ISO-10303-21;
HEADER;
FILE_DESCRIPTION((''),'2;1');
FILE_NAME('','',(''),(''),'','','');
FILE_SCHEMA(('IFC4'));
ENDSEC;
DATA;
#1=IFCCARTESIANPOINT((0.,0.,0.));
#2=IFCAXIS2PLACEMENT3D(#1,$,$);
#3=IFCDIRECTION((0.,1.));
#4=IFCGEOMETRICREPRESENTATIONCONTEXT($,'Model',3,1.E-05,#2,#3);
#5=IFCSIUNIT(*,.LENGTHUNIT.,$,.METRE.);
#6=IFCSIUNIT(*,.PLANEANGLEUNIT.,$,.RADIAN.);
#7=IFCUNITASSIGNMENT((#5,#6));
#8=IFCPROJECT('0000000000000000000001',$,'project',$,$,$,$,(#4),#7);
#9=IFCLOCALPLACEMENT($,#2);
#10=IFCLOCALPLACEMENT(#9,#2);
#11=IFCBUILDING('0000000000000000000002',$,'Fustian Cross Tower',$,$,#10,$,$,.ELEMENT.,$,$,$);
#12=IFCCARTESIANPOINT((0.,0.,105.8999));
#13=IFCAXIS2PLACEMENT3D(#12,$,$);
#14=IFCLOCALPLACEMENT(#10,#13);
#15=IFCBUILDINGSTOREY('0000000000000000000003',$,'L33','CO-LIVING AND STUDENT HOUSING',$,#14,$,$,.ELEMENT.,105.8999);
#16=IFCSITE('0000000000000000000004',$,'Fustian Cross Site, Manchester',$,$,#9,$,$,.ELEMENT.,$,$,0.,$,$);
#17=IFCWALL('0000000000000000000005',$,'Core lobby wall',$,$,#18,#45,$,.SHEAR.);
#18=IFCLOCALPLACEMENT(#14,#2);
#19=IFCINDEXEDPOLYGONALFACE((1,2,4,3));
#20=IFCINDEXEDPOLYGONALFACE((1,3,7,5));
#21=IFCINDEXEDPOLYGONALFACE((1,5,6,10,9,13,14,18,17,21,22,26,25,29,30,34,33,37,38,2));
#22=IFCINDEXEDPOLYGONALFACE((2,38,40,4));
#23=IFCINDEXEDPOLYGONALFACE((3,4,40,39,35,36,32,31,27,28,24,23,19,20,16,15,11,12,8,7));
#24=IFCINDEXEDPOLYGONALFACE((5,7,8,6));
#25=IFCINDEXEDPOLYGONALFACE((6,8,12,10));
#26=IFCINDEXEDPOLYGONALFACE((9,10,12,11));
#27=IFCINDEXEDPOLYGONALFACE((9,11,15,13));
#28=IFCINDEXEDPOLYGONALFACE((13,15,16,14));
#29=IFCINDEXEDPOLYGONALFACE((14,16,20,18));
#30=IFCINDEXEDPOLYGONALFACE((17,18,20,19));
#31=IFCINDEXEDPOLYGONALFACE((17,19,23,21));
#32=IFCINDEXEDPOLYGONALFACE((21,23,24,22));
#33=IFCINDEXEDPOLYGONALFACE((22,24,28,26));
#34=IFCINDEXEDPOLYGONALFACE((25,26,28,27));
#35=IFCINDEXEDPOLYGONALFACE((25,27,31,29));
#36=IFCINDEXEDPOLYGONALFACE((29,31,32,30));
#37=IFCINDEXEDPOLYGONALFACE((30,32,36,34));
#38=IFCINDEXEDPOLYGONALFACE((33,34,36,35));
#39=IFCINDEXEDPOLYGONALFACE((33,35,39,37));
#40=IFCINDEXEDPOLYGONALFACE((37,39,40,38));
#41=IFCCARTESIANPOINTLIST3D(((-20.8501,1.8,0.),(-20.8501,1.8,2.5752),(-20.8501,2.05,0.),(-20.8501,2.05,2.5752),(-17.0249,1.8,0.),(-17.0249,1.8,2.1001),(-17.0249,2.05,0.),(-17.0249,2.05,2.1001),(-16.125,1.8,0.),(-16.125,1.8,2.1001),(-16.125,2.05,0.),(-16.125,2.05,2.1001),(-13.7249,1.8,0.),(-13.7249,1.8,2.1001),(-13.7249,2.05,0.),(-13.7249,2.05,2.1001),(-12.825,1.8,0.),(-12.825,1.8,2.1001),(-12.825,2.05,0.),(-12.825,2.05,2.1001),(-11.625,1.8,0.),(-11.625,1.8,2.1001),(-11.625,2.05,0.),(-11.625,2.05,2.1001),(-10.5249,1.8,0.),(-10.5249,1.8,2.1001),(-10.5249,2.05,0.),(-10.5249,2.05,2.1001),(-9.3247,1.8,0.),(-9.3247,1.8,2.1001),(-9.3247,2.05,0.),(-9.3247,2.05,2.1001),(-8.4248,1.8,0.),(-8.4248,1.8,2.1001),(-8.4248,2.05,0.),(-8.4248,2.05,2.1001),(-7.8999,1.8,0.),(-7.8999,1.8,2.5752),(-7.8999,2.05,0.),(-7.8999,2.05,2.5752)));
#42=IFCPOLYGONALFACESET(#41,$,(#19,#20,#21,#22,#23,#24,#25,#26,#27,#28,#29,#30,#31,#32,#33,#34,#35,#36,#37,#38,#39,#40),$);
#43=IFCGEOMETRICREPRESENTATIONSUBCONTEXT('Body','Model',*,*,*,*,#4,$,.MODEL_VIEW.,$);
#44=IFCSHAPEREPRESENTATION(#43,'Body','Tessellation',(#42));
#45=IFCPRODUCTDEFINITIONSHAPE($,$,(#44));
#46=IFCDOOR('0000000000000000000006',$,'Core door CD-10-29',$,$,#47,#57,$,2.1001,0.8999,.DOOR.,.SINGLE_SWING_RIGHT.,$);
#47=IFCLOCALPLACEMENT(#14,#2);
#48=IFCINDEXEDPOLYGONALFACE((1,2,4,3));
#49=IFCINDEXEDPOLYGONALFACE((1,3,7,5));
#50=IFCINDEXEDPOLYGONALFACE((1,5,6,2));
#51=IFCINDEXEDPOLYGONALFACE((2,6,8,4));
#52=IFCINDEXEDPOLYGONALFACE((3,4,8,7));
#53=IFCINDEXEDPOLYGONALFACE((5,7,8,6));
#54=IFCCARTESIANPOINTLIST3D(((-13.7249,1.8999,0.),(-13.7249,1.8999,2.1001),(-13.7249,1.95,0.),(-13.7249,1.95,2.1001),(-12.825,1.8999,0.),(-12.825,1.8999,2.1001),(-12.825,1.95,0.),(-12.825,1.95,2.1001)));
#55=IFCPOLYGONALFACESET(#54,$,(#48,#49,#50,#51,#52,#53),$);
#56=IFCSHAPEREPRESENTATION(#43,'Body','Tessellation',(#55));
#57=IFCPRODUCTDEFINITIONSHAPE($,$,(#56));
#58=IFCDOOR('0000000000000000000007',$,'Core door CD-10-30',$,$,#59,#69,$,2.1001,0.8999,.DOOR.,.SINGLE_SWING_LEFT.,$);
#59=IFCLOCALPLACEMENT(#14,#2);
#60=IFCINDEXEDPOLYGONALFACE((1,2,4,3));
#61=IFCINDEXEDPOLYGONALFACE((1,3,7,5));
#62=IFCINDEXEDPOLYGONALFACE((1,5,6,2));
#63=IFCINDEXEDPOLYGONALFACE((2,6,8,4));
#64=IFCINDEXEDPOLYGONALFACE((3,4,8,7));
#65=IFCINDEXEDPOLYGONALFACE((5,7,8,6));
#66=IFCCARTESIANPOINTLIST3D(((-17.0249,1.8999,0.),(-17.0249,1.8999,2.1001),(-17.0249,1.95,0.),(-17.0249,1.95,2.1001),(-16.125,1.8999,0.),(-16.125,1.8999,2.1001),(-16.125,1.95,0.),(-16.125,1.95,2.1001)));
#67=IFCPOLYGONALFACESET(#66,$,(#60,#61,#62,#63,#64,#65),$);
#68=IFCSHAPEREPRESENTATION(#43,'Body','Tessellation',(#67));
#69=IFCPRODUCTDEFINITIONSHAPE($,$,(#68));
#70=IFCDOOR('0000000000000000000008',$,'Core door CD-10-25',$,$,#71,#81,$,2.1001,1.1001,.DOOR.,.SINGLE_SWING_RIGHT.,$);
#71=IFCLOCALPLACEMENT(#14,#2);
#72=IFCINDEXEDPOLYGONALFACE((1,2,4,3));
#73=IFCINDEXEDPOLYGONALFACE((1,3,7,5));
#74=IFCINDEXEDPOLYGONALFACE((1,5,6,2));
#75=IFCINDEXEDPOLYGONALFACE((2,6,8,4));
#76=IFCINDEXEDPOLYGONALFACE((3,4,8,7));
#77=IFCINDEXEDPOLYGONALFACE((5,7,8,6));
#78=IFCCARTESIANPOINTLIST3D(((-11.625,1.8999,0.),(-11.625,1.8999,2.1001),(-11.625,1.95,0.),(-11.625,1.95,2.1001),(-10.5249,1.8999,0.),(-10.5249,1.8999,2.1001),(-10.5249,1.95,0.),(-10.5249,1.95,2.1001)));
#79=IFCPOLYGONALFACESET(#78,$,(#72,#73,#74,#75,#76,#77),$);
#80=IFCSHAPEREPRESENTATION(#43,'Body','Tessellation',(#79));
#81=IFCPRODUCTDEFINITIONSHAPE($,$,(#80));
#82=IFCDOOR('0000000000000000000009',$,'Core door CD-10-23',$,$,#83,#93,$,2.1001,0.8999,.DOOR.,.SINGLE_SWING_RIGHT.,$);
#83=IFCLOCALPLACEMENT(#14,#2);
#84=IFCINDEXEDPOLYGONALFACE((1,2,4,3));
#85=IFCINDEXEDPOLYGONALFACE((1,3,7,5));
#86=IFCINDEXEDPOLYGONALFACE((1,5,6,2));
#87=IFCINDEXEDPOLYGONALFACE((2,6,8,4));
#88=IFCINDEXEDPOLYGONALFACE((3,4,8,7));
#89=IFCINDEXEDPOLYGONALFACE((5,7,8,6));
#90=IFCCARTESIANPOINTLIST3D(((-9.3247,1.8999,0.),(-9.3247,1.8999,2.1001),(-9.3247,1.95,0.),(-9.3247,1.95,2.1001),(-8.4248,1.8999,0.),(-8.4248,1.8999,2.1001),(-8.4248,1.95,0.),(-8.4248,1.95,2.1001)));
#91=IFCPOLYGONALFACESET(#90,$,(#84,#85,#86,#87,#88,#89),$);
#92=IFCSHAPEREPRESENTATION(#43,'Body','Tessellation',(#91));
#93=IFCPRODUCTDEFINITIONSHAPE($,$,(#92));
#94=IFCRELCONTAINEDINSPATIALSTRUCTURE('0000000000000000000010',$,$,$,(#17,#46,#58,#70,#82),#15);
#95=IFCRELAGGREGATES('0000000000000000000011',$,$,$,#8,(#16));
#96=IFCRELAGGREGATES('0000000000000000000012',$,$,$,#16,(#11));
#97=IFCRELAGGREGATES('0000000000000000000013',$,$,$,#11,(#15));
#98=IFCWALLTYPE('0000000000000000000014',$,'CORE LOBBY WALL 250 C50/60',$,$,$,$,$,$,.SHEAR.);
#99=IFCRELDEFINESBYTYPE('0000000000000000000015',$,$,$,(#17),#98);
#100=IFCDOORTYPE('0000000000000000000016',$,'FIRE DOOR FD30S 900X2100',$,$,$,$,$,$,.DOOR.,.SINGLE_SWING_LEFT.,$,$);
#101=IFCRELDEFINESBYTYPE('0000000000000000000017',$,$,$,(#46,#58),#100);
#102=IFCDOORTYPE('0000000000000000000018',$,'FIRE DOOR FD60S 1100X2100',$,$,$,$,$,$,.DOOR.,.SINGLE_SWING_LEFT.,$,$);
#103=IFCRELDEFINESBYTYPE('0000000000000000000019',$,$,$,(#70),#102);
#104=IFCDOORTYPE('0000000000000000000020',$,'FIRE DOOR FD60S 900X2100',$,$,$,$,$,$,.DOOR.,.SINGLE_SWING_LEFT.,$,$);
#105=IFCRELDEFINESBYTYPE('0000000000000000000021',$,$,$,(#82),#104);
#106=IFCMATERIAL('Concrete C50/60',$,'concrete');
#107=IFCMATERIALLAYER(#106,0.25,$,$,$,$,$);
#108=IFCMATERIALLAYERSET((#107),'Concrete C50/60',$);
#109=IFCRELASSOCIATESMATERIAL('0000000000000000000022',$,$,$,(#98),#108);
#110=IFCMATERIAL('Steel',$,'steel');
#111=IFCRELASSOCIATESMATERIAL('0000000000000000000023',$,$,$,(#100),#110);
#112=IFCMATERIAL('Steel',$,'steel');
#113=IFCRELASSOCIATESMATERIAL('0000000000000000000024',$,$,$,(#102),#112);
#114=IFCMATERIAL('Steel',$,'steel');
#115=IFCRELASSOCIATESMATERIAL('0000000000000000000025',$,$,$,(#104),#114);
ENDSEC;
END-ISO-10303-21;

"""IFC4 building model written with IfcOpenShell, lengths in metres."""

from ifc_helpers import new_model, si_unit, direction, frame, frame_2d, origin, place, context, subcontext, project, spatial, rectangle, extrude, material, layer, layer_set, type_object, element, fill, save


model = new_model("IFC4")

# Units and contexts
model_context = context("Model", 3, precision=1e-05, world=origin(), true_north=direction((0.0, 1.0)))
body_context = subcontext(model_context, "Body", "Model", "MODEL_VIEW")
ifc_project = project(units=[si_unit("LENGTHUNIT", "METRE"), si_unit("PLANEANGLEUNIT", "RADIAN")], contexts=[model_context])

# Site, building, storey
site_placement = place(None, origin())
site = spatial("IfcSite", under=ifc_project, at=site_placement, Name="Fustian Cross Site, Manchester", CompositionType="ELEMENT", RefElevation=0.0)
building_placement = place(site_placement, origin())
building = spatial("IfcBuilding", under=site, at=building_placement, Name="Fustian Cross Tower", CompositionType="ELEMENT")
storey_placement = place(building_placement, frame((0.0, 0.0, 105.8999)))
storey = spatial("IfcBuildingStorey", under=building, at=storey_placement, Name="L33", Description="CO-LIVING AND STUDENT HOUSING", CompositionType="ELEMENT", Elevation=105.8999)

# Wall, openings, doors
ifc_material_1 = material(Name="Concrete C50/60", Category="concrete")
ifc_layer_1 = layer(ifc_material_1, 0.25)
ifc_layer_set_1 = layer_set([ifc_layer_1], Name="Concrete C50/60")
wall_type_1 = type_object("IfcWallType", Name="CORE LOBBY WALL 250 C50/60", PredefinedType="SHEAR", material=ifc_layer_set_1)
wall_1_placement = place(storey_placement, frame((-7.8999, 1.925, 0.0), z_axis=(0.0, 0.0, 1.0), x_axis=(-1.0, 0.0, 0.0)))
wall_1 = element("IfcWall", 1, at=wall_1_placement, inside=storey, type_object=wall_type_1, Name="Core lobby wall", PredefinedType="SHEAR", context=body_context, shape_type="SweptSolid", body=[
    extrude(rectangle(XDim=12.9502, YDim=0.25, at=frame_2d((6.4751, 0.0))), origin(), (0.0, 0.0, 1.0), 2.5752),
])
opening_1_placement = place(wall_1_placement, frame((0.5249, 0.0, 0.0)))
opening_1 = element("IfcOpeningElement", 2, at=opening_1_placement, cuts=wall_1, PredefinedType="OPENING", context=body_context, shape_type="SweptSolid", body=[
    extrude(rectangle(XDim=0.8999, YDim=2.1001, at=frame_2d((0.45, 1.05))), frame((0.0, 0.135, 0.0), z_axis=(0.0, -1.0, 0.0), x_axis=(1.0, 0.0, 0.0)), (0.0, 0.0, 1.0), 0.27),
])
opening_2_placement = place(wall_1_placement, frame((2.625, 0.0, 0.0)))
opening_2 = element("IfcOpeningElement", 3, at=opening_2_placement, cuts=wall_1, PredefinedType="OPENING", context=body_context, shape_type="SweptSolid", body=[
    extrude(rectangle(XDim=1.1001, YDim=2.1001, at=frame_2d((0.55, 1.05))), frame((0.0, 0.135, 0.0), z_axis=(0.0, -1.0, 0.0), x_axis=(1.0, 0.0, 0.0)), (0.0, 0.0, 1.0), 0.27),
])
opening_3_placement = place(wall_1_placement, frame((4.925, 0.0, 0.0)))
opening_3 = element("IfcOpeningElement", 4, at=opening_3_placement, cuts=wall_1, PredefinedType="OPENING", context=body_context, shape_type="SweptSolid", body=[
    extrude(rectangle(XDim=0.8999, YDim=2.1001, at=frame_2d((0.45, 1.05))), frame((0.0, 0.135, 0.0), z_axis=(0.0, -1.0, 0.0), x_axis=(1.0, 0.0, 0.0)), (0.0, 0.0, 1.0), 0.27),
])
opening_4_placement = place(wall_1_placement, frame((8.2251, 0.0, 0.0)))
opening_4 = element("IfcOpeningElement", 5, at=opening_4_placement, cuts=wall_1, PredefinedType="OPENING", context=body_context, shape_type="SweptSolid", body=[
    extrude(rectangle(XDim=0.8999, YDim=2.1001, at=frame_2d((0.45, 1.05))), frame((0.0, 0.135, 0.0), z_axis=(0.0, -1.0, 0.0), x_axis=(1.0, 0.0, 0.0)), (0.0, 0.0, 1.0), 0.27),
])
ifc_material_2 = material(Name="Steel", Category="steel")
door_type_1 = type_object("IfcDoorType", Name="FIRE DOOR FD30S 900X2100", OperationType="SINGLE_SWING_LEFT", PredefinedType="DOOR", material=ifc_material_2)
door_1_placement = place(opening_3_placement, frame((0.8999, 0.0, 0.0), z_axis=(0.0, 0.0, 1.0), x_axis=(-1.0, 0.0, 0.0)))
door_1 = element("IfcDoor", 6, at=door_1_placement, inside=storey, type_object=door_type_1, Name="Core door CD-10-29", OperationType="SINGLE_SWING_RIGHT", OverallHeight=2.1001, OverallWidth=0.8999, PredefinedType="DOOR", context=body_context, shape_type="SweptSolid", body=[
    extrude(rectangle(XDim=0.8999, YDim=2.1001, at=frame_2d((0.45, 1.05))), frame((0.0, 0.0249, 0.0), z_axis=(0.0, -1.0, 0.0), x_axis=(1.0, 0.0, 0.0)), (0.0, 0.0, 1.0), 0.05),
])
fill(opening_3, door_1)
door_2_placement = place(opening_4_placement, frame((0.8999, 0.0, 0.0), z_axis=(0.0, 0.0, 1.0), x_axis=(-1.0, 0.0, 0.0)))
door_2 = element("IfcDoor", 7, at=door_2_placement, inside=storey, type_object=door_type_1, Name="Core door CD-10-30", OperationType="SINGLE_SWING_LEFT", OverallHeight=2.1001, OverallWidth=0.8999, PredefinedType="DOOR", context=body_context, shape_type="SweptSolid", body=[
    extrude(rectangle(XDim=0.8999, YDim=2.1001, at=frame_2d((0.45, 1.05))), frame((0.0, 0.0249, 0.0), z_axis=(0.0, -1.0, 0.0), x_axis=(1.0, 0.0, 0.0)), (0.0, 0.0, 1.0), 0.05),
])
fill(opening_4, door_2)
ifc_material_3 = material(Name="Steel", Category="steel")
door_type_2 = type_object("IfcDoorType", Name="FIRE DOOR FD60S 1100X2100", OperationType="SINGLE_SWING_LEFT", PredefinedType="DOOR", material=ifc_material_3)
door_3_placement = place(opening_2_placement, frame((1.1001, 0.0, 0.0), z_axis=(0.0, 0.0, 1.0), x_axis=(-1.0, 0.0, 0.0)))
door_3 = element("IfcDoor", 8, at=door_3_placement, inside=storey, type_object=door_type_2, Name="Core door CD-10-25", OperationType="SINGLE_SWING_RIGHT", OverallHeight=2.1001, OverallWidth=1.1001, PredefinedType="DOOR", context=body_context, shape_type="SweptSolid", body=[
    extrude(rectangle(XDim=1.1001, YDim=2.1001, at=frame_2d((0.55, 1.05))), frame((0.0, 0.0249, 0.0), z_axis=(0.0, -1.0, 0.0), x_axis=(1.0, 0.0, 0.0)), (0.0, 0.0, 1.0), 0.05),
])
fill(opening_2, door_3)
ifc_material_4 = material(Name="Steel", Category="steel")
door_type_3 = type_object("IfcDoorType", Name="FIRE DOOR FD60S 900X2100", OperationType="SINGLE_SWING_LEFT", PredefinedType="DOOR", material=ifc_material_4)
door_4_placement = place(opening_1_placement, frame((0.8999, 0.0, 0.0), z_axis=(0.0, 0.0, 1.0), x_axis=(-1.0, 0.0, 0.0)))
door_4 = element("IfcDoor", 9, at=door_4_placement, inside=storey, type_object=door_type_3, Name="Core door CD-10-23", OperationType="SINGLE_SWING_RIGHT", OverallHeight=2.1001, OverallWidth=0.8999, PredefinedType="DOOR", context=body_context, shape_type="SweptSolid", body=[
    extrude(rectangle(XDim=0.8999, YDim=2.1001, at=frame_2d((0.45, 1.05))), frame((0.0, 0.0249, 0.0), z_axis=(0.0, -1.0, 0.0), x_axis=(1.0, 0.0, 0.0)), (0.0, 0.0, 1.0), 0.05),
])
fill(opening_1, door_4)

save(model, "model.ifc")
